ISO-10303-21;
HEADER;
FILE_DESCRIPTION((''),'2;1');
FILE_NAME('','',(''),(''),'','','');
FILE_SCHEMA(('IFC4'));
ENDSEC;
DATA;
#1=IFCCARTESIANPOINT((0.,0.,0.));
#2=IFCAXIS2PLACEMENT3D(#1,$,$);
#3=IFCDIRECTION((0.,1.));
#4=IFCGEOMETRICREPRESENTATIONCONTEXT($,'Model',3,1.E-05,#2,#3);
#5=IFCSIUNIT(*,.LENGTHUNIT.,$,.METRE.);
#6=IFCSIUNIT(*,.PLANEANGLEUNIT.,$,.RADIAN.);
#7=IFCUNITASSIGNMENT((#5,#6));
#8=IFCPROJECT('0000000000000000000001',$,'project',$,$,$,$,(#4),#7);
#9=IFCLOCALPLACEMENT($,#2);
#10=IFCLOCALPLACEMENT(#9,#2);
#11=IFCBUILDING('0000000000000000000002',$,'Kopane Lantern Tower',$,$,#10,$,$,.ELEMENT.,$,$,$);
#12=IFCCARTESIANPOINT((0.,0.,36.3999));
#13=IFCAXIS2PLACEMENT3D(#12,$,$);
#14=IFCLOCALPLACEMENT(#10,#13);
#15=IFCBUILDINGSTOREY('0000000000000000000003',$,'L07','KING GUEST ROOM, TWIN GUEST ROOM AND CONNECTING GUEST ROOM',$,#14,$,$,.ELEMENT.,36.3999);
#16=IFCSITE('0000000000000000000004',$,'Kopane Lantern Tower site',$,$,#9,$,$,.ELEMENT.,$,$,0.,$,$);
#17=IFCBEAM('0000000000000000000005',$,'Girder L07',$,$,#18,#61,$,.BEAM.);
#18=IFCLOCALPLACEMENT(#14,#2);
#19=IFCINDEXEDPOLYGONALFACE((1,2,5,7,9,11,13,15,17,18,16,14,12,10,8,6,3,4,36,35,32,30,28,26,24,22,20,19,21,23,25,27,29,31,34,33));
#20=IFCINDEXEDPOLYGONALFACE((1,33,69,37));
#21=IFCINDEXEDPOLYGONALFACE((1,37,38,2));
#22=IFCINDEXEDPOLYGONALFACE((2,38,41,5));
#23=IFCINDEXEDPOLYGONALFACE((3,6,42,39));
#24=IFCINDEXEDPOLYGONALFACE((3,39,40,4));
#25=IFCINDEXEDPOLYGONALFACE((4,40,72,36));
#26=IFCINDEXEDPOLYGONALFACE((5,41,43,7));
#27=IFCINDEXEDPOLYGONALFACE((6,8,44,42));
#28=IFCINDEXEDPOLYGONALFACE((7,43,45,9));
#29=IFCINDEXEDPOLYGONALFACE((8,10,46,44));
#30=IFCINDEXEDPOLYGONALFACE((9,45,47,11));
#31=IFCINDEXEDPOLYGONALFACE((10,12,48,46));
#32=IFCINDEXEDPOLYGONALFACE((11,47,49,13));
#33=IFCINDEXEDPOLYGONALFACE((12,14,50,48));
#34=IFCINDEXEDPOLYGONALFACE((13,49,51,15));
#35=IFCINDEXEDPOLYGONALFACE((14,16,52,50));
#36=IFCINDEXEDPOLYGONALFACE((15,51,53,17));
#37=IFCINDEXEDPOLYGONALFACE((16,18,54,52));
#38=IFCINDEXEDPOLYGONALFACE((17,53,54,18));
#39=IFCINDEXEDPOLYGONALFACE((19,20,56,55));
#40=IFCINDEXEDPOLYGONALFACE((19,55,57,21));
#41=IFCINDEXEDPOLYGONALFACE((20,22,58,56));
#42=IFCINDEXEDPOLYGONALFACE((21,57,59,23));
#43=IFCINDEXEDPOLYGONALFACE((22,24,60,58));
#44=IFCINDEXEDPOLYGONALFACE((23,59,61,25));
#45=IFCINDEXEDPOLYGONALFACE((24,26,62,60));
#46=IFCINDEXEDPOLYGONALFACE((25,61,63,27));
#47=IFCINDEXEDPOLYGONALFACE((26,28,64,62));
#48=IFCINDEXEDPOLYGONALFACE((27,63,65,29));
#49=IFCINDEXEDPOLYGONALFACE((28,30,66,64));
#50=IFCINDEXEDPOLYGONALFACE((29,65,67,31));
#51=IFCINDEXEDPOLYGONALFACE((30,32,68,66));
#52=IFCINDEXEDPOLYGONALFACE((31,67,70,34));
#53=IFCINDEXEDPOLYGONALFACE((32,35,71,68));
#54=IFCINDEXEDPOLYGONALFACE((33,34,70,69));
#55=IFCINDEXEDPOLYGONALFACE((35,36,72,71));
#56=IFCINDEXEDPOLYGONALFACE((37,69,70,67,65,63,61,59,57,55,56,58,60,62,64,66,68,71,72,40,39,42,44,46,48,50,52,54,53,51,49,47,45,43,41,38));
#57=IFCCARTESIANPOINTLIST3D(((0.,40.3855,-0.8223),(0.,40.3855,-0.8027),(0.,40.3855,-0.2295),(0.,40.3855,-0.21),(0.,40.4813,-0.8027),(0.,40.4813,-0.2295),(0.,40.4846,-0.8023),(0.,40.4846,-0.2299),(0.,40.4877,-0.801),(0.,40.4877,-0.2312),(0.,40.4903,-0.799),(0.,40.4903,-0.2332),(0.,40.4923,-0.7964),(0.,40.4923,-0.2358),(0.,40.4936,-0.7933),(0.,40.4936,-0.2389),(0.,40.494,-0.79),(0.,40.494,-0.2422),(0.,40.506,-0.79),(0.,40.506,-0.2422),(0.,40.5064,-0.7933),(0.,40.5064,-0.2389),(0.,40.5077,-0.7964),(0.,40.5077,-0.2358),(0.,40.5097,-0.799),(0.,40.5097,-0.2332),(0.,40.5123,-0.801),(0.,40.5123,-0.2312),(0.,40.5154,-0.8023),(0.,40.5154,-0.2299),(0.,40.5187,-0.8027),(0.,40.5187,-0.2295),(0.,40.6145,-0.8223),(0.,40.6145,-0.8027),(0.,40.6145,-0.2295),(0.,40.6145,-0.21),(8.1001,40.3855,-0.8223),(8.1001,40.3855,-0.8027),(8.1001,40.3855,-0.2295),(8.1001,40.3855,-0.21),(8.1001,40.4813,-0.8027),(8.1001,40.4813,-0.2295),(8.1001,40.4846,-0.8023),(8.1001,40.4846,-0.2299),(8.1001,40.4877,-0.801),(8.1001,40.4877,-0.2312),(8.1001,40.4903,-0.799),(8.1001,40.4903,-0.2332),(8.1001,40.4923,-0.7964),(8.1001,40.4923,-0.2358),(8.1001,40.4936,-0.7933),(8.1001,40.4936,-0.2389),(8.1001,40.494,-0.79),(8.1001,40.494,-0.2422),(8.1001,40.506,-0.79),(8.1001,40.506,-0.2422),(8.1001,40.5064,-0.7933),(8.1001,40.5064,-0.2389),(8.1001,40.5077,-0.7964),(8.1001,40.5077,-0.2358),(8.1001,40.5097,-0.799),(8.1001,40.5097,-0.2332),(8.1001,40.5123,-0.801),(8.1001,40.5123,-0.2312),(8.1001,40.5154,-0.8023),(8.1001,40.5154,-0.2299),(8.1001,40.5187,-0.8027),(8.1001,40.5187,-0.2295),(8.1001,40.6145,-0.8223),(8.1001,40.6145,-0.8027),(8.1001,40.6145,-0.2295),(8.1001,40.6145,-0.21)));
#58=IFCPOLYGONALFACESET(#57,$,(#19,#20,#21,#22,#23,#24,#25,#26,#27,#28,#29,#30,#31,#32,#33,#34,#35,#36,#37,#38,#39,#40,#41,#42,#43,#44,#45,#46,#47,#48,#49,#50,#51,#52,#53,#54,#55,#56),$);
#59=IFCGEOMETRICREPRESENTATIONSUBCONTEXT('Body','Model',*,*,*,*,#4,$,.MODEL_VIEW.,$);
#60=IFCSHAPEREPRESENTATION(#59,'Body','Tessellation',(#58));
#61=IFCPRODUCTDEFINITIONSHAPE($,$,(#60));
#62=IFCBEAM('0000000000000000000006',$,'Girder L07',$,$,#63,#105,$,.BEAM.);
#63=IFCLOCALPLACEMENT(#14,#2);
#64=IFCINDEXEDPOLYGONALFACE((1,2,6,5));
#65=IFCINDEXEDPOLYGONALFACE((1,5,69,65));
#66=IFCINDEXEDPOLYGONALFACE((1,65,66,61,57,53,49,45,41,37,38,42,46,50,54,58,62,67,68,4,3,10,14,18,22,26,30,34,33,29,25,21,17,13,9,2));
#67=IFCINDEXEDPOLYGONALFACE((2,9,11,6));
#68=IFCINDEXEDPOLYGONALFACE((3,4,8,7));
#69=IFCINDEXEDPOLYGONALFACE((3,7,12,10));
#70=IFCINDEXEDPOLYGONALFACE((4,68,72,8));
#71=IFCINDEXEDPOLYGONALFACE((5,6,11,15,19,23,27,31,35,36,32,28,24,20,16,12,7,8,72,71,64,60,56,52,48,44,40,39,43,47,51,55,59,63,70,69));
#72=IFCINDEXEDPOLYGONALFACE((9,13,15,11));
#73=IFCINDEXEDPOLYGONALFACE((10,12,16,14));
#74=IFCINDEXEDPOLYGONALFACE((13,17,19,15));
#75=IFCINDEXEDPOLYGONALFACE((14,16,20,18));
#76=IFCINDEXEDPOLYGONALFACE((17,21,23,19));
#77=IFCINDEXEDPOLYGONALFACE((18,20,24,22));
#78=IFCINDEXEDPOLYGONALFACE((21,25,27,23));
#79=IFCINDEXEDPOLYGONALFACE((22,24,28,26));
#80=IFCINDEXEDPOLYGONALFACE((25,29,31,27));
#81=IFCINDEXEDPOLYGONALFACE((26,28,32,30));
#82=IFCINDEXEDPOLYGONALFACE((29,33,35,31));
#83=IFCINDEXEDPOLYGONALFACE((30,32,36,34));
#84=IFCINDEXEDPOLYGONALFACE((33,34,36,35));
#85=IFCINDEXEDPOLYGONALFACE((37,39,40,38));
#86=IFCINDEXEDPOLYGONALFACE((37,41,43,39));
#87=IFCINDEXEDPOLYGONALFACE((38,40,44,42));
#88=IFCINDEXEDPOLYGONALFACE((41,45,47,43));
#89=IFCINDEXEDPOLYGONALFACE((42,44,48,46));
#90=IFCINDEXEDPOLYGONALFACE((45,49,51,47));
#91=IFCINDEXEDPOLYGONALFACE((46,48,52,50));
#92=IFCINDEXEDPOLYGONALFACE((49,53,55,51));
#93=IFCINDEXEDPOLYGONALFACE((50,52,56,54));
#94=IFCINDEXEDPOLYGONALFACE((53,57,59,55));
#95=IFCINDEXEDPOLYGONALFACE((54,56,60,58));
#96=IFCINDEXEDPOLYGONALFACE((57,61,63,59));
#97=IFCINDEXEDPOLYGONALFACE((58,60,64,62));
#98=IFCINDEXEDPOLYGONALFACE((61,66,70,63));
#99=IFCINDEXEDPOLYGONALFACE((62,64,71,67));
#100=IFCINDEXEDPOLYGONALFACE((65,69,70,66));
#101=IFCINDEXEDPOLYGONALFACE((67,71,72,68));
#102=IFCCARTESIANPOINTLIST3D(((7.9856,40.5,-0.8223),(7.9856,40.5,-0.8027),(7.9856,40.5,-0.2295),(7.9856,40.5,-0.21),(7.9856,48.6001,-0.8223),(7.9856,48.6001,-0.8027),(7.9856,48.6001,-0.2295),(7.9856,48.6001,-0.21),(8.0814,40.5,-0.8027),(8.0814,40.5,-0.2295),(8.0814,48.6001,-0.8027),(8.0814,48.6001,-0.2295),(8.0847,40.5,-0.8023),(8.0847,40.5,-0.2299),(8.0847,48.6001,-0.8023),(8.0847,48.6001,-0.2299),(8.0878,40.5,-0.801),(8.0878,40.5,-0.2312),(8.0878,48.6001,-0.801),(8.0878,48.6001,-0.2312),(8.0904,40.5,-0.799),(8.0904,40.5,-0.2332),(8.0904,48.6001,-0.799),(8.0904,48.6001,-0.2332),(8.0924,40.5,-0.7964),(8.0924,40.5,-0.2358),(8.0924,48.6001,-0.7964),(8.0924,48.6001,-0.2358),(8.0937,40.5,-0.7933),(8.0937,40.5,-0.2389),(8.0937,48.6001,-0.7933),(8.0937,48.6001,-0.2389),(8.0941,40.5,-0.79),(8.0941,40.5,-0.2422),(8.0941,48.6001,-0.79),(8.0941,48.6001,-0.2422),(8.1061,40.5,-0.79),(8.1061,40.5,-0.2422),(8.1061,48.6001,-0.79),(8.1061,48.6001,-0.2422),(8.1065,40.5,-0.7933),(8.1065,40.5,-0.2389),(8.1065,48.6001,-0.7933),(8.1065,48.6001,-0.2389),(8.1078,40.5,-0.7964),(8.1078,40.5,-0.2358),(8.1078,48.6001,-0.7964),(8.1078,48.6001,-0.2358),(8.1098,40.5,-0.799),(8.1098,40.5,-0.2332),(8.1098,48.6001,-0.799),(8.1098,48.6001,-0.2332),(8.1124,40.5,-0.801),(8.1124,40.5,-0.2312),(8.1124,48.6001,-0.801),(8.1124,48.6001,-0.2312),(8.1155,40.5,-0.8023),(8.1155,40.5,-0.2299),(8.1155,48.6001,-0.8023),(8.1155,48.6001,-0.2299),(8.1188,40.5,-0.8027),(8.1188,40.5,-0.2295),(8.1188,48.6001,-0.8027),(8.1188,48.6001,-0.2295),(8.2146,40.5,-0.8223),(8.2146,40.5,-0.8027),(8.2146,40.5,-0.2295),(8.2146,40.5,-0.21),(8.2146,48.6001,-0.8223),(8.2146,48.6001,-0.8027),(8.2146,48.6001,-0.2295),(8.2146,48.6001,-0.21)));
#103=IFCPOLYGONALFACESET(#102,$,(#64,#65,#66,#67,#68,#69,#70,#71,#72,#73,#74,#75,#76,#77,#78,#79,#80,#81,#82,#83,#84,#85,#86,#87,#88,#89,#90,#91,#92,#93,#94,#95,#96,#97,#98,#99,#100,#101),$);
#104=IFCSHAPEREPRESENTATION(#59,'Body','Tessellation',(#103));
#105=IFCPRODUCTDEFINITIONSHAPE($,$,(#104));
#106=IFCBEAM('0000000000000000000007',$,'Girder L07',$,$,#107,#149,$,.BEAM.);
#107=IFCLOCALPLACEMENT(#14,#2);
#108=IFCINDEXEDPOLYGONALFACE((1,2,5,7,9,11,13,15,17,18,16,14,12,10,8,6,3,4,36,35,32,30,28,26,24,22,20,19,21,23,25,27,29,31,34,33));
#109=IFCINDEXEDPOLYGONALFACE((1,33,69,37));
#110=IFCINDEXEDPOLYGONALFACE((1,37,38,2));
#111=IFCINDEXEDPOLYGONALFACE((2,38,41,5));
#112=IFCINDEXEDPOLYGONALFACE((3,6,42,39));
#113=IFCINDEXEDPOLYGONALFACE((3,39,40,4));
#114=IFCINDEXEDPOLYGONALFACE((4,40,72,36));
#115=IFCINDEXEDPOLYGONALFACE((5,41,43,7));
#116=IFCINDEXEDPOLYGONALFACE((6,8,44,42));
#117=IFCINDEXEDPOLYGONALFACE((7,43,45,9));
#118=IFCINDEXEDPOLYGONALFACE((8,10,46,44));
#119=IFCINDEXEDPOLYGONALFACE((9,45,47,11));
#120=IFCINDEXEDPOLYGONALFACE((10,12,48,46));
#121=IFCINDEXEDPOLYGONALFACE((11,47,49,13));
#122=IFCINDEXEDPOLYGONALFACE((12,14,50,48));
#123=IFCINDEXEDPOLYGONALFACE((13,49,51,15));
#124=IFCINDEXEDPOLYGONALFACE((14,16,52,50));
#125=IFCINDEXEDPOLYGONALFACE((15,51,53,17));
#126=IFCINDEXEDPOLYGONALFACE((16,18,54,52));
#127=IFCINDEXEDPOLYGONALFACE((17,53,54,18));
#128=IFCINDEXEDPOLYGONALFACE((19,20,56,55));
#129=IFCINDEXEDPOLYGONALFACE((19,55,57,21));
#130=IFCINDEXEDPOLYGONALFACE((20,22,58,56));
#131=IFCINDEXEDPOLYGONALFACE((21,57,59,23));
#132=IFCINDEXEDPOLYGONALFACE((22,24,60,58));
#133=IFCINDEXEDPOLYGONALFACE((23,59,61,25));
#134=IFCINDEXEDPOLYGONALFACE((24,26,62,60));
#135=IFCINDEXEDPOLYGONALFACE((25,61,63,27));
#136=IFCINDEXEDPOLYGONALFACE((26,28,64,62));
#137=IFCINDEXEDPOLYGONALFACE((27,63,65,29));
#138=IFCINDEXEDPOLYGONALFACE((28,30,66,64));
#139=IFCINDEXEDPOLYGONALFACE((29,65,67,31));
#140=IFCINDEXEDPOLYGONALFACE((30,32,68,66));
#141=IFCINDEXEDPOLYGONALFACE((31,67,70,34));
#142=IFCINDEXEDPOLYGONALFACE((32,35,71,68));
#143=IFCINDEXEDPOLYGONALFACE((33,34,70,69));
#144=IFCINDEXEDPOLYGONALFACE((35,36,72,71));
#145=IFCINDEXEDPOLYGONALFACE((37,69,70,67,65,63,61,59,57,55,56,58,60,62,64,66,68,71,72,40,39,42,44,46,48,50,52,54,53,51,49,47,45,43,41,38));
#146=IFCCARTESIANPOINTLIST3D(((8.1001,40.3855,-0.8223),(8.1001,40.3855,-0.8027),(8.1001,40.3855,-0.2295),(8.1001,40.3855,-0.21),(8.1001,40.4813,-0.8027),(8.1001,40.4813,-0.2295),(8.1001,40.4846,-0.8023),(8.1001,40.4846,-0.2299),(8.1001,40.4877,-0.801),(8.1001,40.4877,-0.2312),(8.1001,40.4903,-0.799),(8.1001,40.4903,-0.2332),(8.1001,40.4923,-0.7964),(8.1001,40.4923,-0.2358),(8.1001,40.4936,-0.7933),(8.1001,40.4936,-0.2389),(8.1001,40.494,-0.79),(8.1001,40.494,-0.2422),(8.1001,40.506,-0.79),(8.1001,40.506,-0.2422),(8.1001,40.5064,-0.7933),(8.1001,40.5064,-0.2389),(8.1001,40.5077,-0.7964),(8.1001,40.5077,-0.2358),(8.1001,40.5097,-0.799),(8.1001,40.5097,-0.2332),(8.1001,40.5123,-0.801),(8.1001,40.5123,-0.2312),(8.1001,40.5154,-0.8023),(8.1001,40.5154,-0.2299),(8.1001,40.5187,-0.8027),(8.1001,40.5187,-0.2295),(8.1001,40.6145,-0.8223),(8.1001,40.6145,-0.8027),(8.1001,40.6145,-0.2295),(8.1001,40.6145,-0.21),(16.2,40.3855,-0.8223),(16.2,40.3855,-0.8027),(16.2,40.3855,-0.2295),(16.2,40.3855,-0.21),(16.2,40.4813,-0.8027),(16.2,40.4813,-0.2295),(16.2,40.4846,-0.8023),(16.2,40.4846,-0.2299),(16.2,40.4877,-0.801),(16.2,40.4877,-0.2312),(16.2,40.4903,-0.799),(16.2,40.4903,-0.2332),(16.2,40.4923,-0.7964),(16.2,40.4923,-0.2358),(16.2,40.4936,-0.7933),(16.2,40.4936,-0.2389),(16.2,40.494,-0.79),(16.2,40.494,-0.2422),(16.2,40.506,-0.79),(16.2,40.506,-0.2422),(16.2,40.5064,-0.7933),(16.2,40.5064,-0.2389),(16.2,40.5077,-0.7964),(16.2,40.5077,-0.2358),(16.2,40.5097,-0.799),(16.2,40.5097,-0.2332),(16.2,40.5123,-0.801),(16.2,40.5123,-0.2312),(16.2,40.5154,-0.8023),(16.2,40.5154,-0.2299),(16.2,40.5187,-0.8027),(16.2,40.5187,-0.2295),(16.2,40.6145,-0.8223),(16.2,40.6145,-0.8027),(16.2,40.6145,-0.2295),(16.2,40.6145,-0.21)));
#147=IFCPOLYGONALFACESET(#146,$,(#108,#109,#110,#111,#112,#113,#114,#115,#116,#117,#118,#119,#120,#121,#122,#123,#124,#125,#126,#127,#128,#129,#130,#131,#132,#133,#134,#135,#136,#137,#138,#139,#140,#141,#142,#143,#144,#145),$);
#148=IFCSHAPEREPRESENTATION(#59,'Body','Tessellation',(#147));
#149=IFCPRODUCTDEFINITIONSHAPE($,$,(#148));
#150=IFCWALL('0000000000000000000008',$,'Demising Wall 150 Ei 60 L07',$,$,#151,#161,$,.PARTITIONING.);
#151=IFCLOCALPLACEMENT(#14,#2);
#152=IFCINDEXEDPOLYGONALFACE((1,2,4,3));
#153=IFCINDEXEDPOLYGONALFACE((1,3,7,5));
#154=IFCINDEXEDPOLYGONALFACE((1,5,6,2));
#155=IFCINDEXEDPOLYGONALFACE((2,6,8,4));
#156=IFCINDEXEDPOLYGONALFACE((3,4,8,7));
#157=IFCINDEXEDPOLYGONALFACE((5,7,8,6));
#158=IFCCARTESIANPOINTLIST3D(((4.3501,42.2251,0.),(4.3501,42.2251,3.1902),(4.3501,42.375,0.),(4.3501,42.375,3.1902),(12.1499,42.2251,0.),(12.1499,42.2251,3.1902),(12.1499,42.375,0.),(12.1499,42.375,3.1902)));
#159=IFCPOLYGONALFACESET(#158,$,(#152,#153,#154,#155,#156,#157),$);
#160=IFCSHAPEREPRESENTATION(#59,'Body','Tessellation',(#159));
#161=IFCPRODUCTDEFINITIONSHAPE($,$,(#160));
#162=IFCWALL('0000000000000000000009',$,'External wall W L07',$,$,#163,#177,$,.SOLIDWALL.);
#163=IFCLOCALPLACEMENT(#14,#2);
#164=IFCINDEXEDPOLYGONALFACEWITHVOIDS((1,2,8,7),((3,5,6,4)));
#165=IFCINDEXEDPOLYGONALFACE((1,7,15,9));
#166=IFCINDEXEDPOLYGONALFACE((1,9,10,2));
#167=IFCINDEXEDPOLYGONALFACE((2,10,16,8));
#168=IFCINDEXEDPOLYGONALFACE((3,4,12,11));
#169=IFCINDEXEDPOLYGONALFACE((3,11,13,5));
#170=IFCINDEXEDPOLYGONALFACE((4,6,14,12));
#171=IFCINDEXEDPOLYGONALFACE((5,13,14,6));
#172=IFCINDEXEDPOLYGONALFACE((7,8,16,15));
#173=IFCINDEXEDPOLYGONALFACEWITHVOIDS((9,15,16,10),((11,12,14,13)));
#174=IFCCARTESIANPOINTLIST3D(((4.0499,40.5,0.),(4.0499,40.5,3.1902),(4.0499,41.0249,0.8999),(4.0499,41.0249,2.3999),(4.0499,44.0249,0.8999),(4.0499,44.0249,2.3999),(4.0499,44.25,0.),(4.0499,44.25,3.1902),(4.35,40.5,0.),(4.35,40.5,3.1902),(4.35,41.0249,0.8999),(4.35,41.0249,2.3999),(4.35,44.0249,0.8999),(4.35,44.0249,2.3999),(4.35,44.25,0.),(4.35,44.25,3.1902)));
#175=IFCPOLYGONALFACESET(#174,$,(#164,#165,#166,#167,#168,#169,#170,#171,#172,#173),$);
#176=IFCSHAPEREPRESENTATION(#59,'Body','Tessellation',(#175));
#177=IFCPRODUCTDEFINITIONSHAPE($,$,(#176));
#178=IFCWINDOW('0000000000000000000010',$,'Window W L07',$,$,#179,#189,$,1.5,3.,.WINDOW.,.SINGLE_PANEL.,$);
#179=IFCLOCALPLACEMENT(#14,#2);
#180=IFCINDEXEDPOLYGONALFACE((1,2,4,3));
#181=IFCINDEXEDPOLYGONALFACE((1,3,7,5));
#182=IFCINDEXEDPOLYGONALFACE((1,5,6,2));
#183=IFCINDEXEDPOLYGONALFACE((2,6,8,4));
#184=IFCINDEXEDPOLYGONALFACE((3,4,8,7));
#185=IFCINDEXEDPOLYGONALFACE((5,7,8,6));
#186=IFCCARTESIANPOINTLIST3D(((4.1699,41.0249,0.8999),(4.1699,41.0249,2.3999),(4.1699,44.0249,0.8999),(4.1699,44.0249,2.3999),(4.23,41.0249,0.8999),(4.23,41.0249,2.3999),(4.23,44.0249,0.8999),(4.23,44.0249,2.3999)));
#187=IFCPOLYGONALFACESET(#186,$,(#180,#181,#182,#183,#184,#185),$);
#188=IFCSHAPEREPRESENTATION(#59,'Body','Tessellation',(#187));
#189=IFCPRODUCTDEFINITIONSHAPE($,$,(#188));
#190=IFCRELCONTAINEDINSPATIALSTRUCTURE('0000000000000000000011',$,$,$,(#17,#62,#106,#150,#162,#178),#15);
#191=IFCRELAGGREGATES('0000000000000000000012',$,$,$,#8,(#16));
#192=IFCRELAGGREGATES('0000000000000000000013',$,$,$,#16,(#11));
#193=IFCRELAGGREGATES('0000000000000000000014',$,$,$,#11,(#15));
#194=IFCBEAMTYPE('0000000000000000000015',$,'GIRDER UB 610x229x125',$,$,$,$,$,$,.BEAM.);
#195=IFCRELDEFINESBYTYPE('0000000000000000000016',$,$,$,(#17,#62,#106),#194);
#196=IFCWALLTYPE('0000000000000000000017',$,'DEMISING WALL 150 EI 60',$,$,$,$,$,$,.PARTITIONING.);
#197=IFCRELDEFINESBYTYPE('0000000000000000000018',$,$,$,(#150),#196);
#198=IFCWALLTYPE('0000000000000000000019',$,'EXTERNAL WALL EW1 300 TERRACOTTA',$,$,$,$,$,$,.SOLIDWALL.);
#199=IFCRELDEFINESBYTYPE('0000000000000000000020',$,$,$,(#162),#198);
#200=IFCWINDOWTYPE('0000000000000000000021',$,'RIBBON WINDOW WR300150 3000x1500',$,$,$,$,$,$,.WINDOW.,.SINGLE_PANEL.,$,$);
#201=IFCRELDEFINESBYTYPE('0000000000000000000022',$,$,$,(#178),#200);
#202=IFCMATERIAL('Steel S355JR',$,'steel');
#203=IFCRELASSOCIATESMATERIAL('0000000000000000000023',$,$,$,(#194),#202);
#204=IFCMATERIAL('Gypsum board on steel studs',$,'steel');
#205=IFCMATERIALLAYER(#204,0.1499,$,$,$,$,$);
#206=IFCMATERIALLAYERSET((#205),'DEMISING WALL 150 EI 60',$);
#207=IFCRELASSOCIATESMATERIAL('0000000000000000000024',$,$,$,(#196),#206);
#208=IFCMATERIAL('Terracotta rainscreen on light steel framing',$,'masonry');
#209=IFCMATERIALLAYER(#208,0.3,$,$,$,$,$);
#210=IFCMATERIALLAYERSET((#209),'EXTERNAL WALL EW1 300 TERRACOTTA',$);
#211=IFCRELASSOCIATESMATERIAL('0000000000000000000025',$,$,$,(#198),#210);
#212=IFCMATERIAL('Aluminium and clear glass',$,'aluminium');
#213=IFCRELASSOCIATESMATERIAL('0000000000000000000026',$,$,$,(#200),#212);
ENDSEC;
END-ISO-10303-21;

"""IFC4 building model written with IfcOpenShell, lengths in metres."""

from ifc_helpers import new_model, si_unit, direction, frame, frame_2d, origin, origin_2d, place, context, subcontext, project, spatial, rectangle, i_section, extrude, material, layer, layer_set, material_profile, profile_set, type_object, element, fill, save


model = new_model("IFC4")

# Units and contexts
model_context = context("Model", 3, precision=1e-05, world=origin(), true_north=direction((0.0, 1.0)))
body_context = subcontext(model_context, "Body", "Model", "MODEL_VIEW")
ifc_project = project(units=[si_unit("LENGTHUNIT", "METRE"), si_unit("PLANEANGLEUNIT", "RADIAN")], contexts=[model_context])

# Site, building, storey
site_placement = place(None, origin())
site = spatial("IfcSite", under=ifc_project, at=site_placement, Name="Kopane Lantern Tower site", CompositionType="ELEMENT", RefElevation=0.0)
building_placement = place(site_placement, origin())
building = spatial("IfcBuilding", under=site, at=building_placement, Name="Kopane Lantern Tower", CompositionType="ELEMENT")
storey_placement = place(building_placement, frame((0.0, 0.0, 36.3999)))
storey = spatial("IfcBuildingStorey", under=building, at=storey_placement, Name="L07", Description="KING GUEST ROOM, TWIN GUEST ROOM AND CONNECTING GUEST ROOM", CompositionType="ELEMENT", Elevation=36.3999)

# Beams
ifc_material_1 = material(Name="Steel S355JR", Category="steel")
ifc_material_profile_1 = material_profile(ifc_material_1, i_section(OverallWidth=0.229, OverallDepth=0.6123, WebThickness=0.012, FlangeThickness=0.0195, FilletRadius=0.0127, at=origin_2d()), Name="UB 610x229x125")
ifc_profile_set_1 = profile_set([ifc_material_profile_1], Name="Steel S355JR")
beam_type_1 = type_object("IfcBeamType", Name="GIRDER UB 610x229x125", PredefinedType="BEAM", material=ifc_profile_set_1)
for number, where, z_axis, x_axis, name in (
    (1, (0.0, 40.5, -0.5161), (1.0, 0.0, 0.0), (0.0, 1.0, 0.0), "Girder L07"),
    (2, (8.1001, 40.5, -0.5161), (0.0, 1.0, 0.0), (-1.0, 0.0, 0.0), "Girder L07"),
):
    element("IfcBeam", number, at=place(storey_placement, frame(where, z_axis=z_axis, x_axis=x_axis)), inside=storey, type_object=beam_type_1, Name=name, PredefinedType="BEAM", context=body_context, shape_type="SweptSolid", body=[
        extrude(i_section(OverallWidth=0.229, OverallDepth=0.6123, WebThickness=0.012, FlangeThickness=0.0195, FilletRadius=0.0127, at=origin_2d()), origin(), (0.0, 0.0, 1.0), 8.1001),
    ])
beam_1_placement = place(storey_placement, frame((8.1001, 40.5, -0.5161), z_axis=(1.0, 0.0, 0.0), x_axis=(0.0, 1.0, 0.0)))
element("IfcBeam", 3, at=beam_1_placement, inside=storey, type_object=beam_type_1, Name="Girder L07", PredefinedType="BEAM", context=body_context, shape_type="SweptSolid", body=[
    extrude(i_section(OverallWidth=0.229, OverallDepth=0.6123, WebThickness=0.012, FlangeThickness=0.0195, FilletRadius=0.0127, at=origin_2d()), origin(), (0.0, 0.0, 1.0), 8.0999),
])

# Wall
ifc_material_2 = material(Name="Gypsum board on steel studs", Category="steel")
ifc_layer_1 = layer(ifc_material_2, 0.1499)
ifc_layer_set_1 = layer_set([ifc_layer_1], Name="DEMISING WALL 150 EI 60")
wall_type_1 = type_object("IfcWallType", Name="DEMISING WALL 150 EI 60", PredefinedType="PARTITIONING", material=ifc_layer_set_1)
wall_1_placement = place(storey_placement, frame((4.3501, 42.3, 0.0), z_axis=(0.0, 0.0, 1.0), x_axis=(1.0, 0.0, 0.0)))
element("IfcWall", 4, at=wall_1_placement, inside=storey, type_object=wall_type_1, Name="Demising Wall 150 Ei 60 L07", PredefinedType="PARTITIONING", context=body_context, shape_type="SweptSolid", body=[
    extrude(rectangle(XDim=7.7998, YDim=0.1499, at=frame_2d((3.8999, 0.0))), origin(), (0.0, 0.0, 1.0), 3.1902),
])

# Wall, opening, window
ifc_material_3 = material(Name="Terracotta rainscreen on light steel framing", Category="masonry")
ifc_layer_2 = layer(ifc_material_3, 0.3)
ifc_layer_set_2 = layer_set([ifc_layer_2], Name="EXTERNAL WALL EW1 300 TERRACOTTA")
wall_type_2 = type_object("IfcWallType", Name="EXTERNAL WALL EW1 300 TERRACOTTA", PredefinedType="SOLIDWALL", material=ifc_layer_set_2)
wall_2_placement = place(storey_placement, frame((4.2, 44.25, 0.0), z_axis=(0.0, 0.0, 1.0), x_axis=(0.0, -1.0, 0.0)))
wall_2 = element("IfcWall", 5, at=wall_2_placement, inside=storey, type_object=wall_type_2, Name="External wall W L07", PredefinedType="SOLIDWALL", context=body_context, shape_type="SweptSolid", body=[
    extrude(rectangle(XDim=3.75, YDim=0.3, at=frame_2d((1.875, 0.0))), origin(), (0.0, 0.0, 1.0), 3.1902),
])
opening_placement = place(wall_2_placement, frame((0.2251, 0.0, 0.8999)))
opening = element("IfcOpeningElement", 6, at=opening_placement, cuts=wall_2, PredefinedType="OPENING", context=body_context, shape_type="SweptSolid", body=[
    extrude(rectangle(XDim=3.0, YDim=1.5, at=frame_2d((1.5, 0.75))), frame((0.0, 0.1599, 0.0), z_axis=(0.0, -1.0, 0.0), x_axis=(1.0, 0.0, 0.0)), (0.0, 0.0, 1.0), 0.3201),
])
ifc_material_4 = material(Name="Aluminium and clear glass", Category="aluminium")
window_type = type_object("IfcWindowType", Name="RIBBON WINDOW WR300150 3000x1500", PartitioningType="SINGLE_PANEL", PredefinedType="WINDOW", material=ifc_material_4)
window_placement = place(opening_placement, origin())
window = element("IfcWindow", 7, at=window_placement, inside=storey, type_object=window_type, Name="Window W L07", OverallHeight=1.5, OverallWidth=3.0, PartitioningType="SINGLE_PANEL", PredefinedType="WINDOW", context=body_context, shape_type="SweptSolid", body=[
    extrude(rectangle(XDim=3.0, YDim=1.5, at=frame_2d((1.5, 0.75))), frame((0.0, 0.03, 0.0), z_axis=(0.0, -1.0, 0.0), x_axis=(1.0, 0.0, 0.0)), (0.0, 0.0, 1.0), 0.0601),
])
fill(opening, window)

save(model, "model.ifc")
